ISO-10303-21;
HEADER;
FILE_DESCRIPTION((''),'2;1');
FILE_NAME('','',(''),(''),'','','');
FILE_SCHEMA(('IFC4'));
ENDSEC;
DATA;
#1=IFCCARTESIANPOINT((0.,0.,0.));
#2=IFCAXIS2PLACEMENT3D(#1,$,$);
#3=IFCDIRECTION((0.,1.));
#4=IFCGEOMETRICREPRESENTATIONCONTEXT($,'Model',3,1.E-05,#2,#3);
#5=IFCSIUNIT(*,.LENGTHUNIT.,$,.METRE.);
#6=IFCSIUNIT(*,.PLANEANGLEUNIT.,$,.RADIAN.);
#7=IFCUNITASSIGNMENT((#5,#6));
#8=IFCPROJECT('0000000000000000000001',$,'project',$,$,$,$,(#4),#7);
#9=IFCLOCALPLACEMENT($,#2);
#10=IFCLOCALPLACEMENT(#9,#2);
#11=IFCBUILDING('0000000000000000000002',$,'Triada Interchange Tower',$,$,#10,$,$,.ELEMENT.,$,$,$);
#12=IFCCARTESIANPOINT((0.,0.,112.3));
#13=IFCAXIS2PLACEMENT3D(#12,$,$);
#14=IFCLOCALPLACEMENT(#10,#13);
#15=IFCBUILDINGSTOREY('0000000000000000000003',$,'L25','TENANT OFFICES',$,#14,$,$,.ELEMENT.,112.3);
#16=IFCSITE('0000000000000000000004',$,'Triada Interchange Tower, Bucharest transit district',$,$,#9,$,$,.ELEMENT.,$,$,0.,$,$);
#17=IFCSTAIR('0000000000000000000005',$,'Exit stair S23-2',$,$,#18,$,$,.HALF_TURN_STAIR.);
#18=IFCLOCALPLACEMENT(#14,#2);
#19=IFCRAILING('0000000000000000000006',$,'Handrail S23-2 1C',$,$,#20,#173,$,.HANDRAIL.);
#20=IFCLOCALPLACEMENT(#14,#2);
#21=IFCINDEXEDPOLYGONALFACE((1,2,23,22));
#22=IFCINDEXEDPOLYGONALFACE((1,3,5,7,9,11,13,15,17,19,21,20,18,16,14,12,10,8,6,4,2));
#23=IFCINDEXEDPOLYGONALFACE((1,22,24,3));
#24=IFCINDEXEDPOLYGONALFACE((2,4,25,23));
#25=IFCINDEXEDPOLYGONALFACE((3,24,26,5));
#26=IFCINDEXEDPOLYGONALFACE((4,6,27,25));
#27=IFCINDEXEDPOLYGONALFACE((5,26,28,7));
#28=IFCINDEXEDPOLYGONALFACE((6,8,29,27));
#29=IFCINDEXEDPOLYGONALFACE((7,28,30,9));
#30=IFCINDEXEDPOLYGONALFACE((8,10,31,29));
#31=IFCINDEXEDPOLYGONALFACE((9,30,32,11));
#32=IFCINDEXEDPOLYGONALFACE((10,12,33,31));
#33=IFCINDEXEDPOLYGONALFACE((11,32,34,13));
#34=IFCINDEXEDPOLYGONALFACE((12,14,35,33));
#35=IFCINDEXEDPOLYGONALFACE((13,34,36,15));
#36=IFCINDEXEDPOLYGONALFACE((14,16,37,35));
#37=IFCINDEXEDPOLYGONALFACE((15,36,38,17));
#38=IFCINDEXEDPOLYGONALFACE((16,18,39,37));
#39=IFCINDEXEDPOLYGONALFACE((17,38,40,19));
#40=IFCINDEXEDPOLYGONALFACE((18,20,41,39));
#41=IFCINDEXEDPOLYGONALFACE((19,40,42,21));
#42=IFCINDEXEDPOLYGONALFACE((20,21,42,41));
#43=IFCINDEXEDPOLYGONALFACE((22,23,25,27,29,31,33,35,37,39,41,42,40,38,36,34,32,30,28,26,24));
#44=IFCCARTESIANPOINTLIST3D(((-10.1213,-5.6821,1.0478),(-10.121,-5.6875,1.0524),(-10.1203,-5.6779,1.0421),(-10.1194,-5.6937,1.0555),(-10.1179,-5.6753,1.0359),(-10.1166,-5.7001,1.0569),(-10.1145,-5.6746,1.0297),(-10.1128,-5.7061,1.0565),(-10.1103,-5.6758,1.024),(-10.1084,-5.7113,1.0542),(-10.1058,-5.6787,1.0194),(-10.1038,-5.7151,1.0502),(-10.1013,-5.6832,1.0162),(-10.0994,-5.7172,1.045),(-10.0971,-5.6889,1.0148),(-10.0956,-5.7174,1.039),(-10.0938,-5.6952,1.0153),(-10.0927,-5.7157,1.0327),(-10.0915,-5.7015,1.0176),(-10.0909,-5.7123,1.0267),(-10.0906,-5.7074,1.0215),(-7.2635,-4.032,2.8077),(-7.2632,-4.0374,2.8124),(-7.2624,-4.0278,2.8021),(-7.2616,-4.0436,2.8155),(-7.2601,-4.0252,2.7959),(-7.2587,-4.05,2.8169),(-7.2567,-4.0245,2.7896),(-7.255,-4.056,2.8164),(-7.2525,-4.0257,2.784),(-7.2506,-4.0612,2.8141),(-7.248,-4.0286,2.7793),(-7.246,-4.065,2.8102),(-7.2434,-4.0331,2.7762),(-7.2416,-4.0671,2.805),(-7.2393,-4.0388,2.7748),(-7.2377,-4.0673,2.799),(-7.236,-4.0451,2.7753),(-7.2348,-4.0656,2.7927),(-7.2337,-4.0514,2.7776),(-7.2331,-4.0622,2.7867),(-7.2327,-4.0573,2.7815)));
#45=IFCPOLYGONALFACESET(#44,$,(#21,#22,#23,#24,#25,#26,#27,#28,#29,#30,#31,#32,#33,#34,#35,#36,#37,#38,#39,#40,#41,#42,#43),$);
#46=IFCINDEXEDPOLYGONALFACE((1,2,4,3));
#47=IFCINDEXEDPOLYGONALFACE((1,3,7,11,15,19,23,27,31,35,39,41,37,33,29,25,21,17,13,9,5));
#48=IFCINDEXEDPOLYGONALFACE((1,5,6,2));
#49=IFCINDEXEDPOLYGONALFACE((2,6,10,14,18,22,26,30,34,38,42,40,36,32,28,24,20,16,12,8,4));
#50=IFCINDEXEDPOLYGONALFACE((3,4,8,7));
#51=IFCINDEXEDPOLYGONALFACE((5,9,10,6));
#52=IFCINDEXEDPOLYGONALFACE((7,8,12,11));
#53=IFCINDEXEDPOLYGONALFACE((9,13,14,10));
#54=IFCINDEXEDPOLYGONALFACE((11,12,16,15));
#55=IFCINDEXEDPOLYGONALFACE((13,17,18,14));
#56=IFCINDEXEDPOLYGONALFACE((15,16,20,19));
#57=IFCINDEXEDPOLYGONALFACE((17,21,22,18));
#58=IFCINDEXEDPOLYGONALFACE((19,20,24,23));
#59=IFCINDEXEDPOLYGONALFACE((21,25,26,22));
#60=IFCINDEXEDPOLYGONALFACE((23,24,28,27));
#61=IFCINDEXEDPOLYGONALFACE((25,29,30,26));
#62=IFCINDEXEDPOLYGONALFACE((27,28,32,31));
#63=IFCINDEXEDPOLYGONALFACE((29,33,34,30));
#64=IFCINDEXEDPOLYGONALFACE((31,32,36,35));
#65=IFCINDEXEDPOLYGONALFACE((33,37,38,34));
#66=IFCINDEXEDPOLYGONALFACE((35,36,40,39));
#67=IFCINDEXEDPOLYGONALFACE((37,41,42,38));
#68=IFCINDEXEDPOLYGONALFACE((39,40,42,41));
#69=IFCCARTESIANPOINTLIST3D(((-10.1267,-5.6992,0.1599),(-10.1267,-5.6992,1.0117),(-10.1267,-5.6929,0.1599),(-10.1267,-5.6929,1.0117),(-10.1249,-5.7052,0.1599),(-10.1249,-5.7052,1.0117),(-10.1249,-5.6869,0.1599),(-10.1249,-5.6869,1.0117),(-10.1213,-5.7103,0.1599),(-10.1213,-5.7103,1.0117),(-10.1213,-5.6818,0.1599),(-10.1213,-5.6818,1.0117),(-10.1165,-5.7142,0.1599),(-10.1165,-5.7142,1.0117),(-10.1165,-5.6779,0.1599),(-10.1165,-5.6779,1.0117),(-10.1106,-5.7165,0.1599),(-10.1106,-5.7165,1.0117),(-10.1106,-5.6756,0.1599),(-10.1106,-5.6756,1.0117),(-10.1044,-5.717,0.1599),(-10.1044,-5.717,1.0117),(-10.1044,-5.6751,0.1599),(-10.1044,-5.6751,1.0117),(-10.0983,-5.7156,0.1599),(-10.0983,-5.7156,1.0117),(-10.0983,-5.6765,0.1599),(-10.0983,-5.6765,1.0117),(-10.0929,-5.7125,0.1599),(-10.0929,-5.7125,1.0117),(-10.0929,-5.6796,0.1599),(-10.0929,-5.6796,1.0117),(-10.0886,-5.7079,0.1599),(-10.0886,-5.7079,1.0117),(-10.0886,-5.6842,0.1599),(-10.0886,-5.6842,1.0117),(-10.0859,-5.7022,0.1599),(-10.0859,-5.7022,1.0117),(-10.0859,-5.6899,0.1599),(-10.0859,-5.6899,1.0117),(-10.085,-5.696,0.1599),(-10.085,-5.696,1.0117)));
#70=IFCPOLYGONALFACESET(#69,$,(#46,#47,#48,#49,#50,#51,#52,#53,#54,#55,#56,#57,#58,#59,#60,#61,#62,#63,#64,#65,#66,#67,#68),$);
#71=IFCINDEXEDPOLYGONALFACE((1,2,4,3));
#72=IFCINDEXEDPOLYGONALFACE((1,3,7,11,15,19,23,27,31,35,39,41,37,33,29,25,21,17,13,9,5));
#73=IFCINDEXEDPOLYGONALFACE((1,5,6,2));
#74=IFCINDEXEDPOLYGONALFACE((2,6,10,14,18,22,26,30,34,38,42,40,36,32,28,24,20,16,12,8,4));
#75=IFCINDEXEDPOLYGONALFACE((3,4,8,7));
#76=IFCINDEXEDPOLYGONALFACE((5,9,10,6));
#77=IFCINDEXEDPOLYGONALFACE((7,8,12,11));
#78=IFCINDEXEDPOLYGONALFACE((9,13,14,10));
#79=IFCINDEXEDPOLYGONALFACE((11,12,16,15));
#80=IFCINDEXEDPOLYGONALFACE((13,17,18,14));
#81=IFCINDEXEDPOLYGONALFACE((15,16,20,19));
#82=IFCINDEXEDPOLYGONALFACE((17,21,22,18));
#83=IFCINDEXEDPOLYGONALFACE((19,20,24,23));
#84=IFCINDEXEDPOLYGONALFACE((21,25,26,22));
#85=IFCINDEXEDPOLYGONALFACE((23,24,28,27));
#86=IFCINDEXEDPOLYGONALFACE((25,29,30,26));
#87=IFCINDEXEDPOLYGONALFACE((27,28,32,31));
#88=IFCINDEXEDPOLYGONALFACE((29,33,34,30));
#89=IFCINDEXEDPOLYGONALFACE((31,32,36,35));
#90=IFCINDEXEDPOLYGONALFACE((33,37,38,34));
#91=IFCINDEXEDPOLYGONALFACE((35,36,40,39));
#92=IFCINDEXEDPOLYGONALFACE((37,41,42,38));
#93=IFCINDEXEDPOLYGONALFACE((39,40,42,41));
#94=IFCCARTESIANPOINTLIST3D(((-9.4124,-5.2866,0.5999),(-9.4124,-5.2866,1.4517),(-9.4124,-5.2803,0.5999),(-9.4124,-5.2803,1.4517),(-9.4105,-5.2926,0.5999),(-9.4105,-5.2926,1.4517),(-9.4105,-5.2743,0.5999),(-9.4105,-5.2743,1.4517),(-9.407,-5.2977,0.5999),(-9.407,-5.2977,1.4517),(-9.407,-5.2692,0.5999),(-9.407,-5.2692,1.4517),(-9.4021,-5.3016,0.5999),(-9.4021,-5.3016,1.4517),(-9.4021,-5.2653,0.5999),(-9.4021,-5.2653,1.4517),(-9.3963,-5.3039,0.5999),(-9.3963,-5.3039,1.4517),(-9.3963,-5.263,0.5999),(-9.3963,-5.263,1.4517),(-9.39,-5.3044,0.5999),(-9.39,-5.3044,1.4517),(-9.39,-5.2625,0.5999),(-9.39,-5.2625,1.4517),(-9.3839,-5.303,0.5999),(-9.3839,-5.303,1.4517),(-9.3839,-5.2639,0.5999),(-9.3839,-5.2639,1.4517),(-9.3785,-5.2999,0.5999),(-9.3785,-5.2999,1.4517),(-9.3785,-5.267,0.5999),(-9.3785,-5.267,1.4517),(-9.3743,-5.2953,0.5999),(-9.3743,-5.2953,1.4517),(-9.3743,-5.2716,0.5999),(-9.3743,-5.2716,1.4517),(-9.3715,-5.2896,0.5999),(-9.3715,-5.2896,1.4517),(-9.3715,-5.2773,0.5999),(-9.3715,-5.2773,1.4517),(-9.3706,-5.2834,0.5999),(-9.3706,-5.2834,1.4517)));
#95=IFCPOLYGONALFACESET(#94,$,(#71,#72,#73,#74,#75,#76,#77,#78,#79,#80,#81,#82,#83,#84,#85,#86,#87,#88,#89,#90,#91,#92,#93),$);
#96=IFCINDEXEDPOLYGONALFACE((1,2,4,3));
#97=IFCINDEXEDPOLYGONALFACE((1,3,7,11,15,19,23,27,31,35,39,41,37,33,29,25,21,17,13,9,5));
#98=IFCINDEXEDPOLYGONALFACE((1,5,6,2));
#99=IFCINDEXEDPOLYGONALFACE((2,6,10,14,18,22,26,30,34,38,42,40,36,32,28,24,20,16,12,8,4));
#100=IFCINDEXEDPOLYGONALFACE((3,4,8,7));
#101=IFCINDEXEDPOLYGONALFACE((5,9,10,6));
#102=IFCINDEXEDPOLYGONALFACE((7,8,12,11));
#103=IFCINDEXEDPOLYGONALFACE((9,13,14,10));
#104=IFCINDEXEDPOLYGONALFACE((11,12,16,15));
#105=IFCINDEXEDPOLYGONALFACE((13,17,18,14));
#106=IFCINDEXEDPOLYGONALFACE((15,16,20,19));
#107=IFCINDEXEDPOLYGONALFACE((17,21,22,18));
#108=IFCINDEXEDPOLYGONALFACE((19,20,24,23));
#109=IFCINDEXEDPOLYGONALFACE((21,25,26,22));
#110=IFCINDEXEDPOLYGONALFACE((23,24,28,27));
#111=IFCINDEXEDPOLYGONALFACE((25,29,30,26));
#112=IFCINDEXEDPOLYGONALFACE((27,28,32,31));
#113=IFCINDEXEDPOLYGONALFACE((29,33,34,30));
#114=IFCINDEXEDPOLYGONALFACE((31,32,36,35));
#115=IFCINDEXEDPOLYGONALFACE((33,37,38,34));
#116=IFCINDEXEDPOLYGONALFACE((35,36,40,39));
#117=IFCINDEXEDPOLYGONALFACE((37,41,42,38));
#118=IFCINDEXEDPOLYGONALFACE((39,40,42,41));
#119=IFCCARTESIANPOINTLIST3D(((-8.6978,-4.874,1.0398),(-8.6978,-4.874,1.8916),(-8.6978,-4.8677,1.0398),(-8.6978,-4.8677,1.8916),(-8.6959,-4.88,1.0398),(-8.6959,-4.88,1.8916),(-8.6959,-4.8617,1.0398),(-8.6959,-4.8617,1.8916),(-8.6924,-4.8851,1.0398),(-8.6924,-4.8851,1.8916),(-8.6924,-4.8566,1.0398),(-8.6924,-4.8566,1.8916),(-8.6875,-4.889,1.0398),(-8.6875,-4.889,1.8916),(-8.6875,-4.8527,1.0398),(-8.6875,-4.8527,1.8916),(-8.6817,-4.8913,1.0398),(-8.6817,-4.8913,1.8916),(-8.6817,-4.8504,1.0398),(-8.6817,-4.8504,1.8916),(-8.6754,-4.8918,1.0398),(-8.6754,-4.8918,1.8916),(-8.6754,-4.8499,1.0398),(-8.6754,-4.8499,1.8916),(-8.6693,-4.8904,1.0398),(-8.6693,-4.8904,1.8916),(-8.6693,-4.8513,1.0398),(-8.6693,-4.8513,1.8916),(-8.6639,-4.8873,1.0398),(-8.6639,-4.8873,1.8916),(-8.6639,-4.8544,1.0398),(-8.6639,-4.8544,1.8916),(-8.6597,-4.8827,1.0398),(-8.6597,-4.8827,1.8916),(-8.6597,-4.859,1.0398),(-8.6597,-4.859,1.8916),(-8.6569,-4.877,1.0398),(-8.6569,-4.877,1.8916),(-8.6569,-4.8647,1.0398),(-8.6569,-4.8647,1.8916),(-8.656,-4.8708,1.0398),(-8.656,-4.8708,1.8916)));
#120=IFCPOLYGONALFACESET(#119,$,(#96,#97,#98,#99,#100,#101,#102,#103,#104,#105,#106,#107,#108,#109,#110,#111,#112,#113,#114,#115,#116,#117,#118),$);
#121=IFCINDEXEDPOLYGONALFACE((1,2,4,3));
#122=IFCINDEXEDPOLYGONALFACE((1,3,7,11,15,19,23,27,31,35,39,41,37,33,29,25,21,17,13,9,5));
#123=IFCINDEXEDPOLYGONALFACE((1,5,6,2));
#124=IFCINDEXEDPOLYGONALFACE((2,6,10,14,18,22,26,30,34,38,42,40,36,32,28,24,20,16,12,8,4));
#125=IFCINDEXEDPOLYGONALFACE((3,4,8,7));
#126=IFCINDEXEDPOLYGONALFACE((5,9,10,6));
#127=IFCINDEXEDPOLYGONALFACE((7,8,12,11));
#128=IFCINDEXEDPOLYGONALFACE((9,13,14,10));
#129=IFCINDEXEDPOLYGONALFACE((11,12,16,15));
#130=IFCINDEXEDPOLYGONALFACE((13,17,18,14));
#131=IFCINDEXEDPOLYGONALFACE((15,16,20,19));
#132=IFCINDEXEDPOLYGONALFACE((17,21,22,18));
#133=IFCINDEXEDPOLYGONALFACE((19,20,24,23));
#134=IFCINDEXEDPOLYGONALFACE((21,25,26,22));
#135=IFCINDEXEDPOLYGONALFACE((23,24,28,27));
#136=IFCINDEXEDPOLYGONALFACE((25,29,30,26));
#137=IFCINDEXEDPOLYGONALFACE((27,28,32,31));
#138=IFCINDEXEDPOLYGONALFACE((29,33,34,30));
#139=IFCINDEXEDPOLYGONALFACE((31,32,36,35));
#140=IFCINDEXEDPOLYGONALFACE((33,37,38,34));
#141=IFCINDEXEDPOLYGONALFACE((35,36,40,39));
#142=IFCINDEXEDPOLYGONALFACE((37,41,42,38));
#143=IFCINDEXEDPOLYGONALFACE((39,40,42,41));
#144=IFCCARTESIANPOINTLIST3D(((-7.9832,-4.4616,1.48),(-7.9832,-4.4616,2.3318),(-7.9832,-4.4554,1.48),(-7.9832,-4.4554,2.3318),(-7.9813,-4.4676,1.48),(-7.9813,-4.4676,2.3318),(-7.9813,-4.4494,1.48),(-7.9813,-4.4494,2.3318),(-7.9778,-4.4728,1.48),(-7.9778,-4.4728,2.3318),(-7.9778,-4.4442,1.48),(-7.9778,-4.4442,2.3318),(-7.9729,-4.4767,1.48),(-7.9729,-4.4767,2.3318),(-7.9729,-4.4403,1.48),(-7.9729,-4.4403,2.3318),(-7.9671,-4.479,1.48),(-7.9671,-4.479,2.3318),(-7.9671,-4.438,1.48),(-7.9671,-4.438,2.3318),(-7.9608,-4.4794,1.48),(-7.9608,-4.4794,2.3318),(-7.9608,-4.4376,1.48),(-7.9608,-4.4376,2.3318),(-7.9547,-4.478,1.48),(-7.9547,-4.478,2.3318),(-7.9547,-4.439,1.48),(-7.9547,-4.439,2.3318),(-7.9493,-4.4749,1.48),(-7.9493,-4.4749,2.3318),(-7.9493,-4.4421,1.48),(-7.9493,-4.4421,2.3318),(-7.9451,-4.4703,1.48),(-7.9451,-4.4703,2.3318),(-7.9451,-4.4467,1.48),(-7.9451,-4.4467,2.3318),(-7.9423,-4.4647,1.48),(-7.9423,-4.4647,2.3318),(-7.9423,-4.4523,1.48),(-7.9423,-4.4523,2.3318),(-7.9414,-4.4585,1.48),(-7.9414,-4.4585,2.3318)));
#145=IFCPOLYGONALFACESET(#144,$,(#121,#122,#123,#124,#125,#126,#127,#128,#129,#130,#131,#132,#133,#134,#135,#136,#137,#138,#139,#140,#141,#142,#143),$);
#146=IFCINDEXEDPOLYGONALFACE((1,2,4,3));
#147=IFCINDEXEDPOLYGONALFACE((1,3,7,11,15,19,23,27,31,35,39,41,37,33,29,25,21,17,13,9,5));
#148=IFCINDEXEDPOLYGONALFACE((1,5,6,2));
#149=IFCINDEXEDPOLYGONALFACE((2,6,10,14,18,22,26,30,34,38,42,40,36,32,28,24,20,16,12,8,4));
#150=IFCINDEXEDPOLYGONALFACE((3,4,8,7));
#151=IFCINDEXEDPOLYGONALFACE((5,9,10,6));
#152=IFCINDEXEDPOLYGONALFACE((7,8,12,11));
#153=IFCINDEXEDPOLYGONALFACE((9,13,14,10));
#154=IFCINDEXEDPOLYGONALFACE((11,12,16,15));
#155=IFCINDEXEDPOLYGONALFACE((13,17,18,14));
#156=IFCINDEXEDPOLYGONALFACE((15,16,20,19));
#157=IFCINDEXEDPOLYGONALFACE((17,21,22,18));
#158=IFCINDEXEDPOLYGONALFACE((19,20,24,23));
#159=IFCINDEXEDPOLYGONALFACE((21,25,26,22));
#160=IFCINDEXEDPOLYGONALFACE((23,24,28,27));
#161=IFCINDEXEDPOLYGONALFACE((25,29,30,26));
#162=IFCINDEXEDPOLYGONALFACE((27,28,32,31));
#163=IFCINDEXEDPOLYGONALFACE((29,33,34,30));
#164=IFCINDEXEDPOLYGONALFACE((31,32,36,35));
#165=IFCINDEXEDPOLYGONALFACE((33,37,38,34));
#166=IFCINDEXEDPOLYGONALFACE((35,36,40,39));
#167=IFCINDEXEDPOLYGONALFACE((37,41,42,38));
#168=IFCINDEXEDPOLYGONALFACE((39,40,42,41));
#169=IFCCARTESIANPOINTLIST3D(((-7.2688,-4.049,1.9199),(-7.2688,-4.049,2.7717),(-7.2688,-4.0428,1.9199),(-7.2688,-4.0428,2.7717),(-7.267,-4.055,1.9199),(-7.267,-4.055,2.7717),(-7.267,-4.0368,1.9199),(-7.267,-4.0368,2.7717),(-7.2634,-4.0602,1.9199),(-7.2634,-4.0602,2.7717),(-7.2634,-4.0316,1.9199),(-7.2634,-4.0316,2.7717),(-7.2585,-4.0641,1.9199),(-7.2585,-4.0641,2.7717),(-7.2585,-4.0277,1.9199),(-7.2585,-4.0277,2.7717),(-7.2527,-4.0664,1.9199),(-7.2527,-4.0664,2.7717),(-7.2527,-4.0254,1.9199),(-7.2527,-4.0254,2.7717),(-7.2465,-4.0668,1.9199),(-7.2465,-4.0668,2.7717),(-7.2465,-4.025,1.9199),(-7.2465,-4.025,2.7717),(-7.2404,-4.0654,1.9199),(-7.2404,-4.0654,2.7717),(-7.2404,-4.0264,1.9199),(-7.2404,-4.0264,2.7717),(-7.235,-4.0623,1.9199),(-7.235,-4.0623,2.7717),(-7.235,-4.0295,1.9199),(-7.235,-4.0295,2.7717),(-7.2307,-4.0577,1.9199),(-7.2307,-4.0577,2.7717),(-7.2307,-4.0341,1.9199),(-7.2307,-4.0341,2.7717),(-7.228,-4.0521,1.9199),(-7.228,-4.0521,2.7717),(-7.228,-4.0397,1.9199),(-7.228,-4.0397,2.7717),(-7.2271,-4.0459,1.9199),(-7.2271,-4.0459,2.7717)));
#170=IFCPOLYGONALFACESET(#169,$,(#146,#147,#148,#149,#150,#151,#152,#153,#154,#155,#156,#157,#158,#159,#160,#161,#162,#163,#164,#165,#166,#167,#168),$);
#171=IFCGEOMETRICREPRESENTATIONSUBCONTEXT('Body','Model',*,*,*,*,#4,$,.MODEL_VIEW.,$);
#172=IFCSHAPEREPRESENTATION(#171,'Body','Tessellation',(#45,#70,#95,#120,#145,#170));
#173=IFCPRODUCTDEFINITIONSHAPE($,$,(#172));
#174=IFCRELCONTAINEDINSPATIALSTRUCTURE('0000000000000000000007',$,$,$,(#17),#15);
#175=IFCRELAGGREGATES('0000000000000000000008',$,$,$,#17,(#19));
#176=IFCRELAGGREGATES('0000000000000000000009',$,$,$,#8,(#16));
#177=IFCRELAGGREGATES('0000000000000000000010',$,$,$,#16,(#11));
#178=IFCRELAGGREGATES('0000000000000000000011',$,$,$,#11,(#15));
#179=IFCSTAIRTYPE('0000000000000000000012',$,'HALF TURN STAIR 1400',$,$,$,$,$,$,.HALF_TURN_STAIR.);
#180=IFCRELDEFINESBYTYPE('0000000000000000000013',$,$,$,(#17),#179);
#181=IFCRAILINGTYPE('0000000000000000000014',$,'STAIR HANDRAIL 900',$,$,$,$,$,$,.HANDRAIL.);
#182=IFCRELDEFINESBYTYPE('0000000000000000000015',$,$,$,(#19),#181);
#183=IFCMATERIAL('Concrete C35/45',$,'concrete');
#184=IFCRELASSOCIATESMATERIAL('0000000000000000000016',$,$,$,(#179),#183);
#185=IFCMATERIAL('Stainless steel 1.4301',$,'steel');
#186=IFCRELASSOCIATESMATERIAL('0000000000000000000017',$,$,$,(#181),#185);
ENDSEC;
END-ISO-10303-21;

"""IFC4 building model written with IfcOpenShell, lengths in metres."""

from ifc_helpers import new_model, si_unit, direction, frame, origin, origin_2d, place, context, subcontext, project, spatial, circle, extrude, material, type_object, element, aggregate, save


model = new_model("IFC4")

# Units and contexts
model_context = context("Model", 3, precision=1e-05, world=origin(), true_north=direction((0.0, 1.0)))
body_context = subcontext(model_context, "Body", "Model", "MODEL_VIEW")
ifc_project = project(units=[si_unit("LENGTHUNIT", "METRE"), si_unit("PLANEANGLEUNIT", "RADIAN")], contexts=[model_context])

# Site, building, storey
site_placement = place(None, origin())
site = spatial("IfcSite", under=ifc_project, at=site_placement, Name="Triada Interchange Tower, Bucharest transit district", CompositionType="ELEMENT", RefElevation=0.0)
building_placement = place(site_placement, origin())
building = spatial("IfcBuilding", under=site, at=building_placement, Name="Triada Interchange Tower", CompositionType="ELEMENT")
storey_placement = place(building_placement, frame((0.0, 0.0, 112.3)))
storey = spatial("IfcBuildingStorey", under=building, at=storey_placement, Name="L25", Description="TENANT OFFICES", CompositionType="ELEMENT", Elevation=112.3)

# Stair, railing
ifc_material_1 = material(Name="Concrete C35/45", Category="concrete")
stair_type = type_object("IfcStairType", Name="HALF TURN STAIR 1400", PredefinedType="HALF_TURN_STAIR", material=ifc_material_1)
stair_placement = place(storey_placement, origin())
stair = element("IfcStair", 1, at=stair_placement, inside=storey, type_object=stair_type, Name="Exit stair S23-2", PredefinedType="HALF_TURN_STAIR")
ifc_material_2 = material(Name="Stainless steel 1.4301", Category="steel")
railing_type = type_object("IfcRailingType", Name="STAIR HANDRAIL 900", PredefinedType="HANDRAIL", material=ifc_material_2)
railing_1_placement = place(storey_placement, frame((-10.106, -5.696, 0.1599)))
railing_1 = element("IfcRailing", 2, at=railing_1_placement, type_object=railing_type, Name="Handrail S23-2 1C", PredefinedType="HANDRAIL", context=body_context, shape_type="SweptSolid", body=[
    extrude(circle(Radius=0.0239, at=origin_2d()), frame((0.0, 0.0, 0.876), z_axis=(0.764129, 0.441205, 0.47058), x_axis=(-0.50003, 0.866008, 0.0)), (0.0, 0.0, 1.0), 3.74),
    extrude(circle(Radius=0.021, at=origin_2d()), origin(), (0.0, 0.0, 1.0), 0.8518),
    extrude(circle(Radius=0.021, at=origin_2d()), frame((0.7144, 0.4126, 0.4399)), (0.0, 0.0, 1.0), 0.8518),
    extrude(circle(Radius=0.021, at=origin_2d()), frame((1.429, 0.8252, 0.8799)), (0.0, 0.0, 1.0), 0.8518),
    extrude(circle(Radius=0.021, at=origin_2d()), frame((2.1436, 1.2375, 1.3201)), (0.0, 0.0, 1.0), 0.8518),
    extrude(circle(Radius=0.021, at=origin_2d()), frame((2.8579, 1.6501, 1.76)), (0.0, 0.0, 1.0), 0.8518),
])
aggregate(stair, [railing_1])

save(model, "model.ifc")
